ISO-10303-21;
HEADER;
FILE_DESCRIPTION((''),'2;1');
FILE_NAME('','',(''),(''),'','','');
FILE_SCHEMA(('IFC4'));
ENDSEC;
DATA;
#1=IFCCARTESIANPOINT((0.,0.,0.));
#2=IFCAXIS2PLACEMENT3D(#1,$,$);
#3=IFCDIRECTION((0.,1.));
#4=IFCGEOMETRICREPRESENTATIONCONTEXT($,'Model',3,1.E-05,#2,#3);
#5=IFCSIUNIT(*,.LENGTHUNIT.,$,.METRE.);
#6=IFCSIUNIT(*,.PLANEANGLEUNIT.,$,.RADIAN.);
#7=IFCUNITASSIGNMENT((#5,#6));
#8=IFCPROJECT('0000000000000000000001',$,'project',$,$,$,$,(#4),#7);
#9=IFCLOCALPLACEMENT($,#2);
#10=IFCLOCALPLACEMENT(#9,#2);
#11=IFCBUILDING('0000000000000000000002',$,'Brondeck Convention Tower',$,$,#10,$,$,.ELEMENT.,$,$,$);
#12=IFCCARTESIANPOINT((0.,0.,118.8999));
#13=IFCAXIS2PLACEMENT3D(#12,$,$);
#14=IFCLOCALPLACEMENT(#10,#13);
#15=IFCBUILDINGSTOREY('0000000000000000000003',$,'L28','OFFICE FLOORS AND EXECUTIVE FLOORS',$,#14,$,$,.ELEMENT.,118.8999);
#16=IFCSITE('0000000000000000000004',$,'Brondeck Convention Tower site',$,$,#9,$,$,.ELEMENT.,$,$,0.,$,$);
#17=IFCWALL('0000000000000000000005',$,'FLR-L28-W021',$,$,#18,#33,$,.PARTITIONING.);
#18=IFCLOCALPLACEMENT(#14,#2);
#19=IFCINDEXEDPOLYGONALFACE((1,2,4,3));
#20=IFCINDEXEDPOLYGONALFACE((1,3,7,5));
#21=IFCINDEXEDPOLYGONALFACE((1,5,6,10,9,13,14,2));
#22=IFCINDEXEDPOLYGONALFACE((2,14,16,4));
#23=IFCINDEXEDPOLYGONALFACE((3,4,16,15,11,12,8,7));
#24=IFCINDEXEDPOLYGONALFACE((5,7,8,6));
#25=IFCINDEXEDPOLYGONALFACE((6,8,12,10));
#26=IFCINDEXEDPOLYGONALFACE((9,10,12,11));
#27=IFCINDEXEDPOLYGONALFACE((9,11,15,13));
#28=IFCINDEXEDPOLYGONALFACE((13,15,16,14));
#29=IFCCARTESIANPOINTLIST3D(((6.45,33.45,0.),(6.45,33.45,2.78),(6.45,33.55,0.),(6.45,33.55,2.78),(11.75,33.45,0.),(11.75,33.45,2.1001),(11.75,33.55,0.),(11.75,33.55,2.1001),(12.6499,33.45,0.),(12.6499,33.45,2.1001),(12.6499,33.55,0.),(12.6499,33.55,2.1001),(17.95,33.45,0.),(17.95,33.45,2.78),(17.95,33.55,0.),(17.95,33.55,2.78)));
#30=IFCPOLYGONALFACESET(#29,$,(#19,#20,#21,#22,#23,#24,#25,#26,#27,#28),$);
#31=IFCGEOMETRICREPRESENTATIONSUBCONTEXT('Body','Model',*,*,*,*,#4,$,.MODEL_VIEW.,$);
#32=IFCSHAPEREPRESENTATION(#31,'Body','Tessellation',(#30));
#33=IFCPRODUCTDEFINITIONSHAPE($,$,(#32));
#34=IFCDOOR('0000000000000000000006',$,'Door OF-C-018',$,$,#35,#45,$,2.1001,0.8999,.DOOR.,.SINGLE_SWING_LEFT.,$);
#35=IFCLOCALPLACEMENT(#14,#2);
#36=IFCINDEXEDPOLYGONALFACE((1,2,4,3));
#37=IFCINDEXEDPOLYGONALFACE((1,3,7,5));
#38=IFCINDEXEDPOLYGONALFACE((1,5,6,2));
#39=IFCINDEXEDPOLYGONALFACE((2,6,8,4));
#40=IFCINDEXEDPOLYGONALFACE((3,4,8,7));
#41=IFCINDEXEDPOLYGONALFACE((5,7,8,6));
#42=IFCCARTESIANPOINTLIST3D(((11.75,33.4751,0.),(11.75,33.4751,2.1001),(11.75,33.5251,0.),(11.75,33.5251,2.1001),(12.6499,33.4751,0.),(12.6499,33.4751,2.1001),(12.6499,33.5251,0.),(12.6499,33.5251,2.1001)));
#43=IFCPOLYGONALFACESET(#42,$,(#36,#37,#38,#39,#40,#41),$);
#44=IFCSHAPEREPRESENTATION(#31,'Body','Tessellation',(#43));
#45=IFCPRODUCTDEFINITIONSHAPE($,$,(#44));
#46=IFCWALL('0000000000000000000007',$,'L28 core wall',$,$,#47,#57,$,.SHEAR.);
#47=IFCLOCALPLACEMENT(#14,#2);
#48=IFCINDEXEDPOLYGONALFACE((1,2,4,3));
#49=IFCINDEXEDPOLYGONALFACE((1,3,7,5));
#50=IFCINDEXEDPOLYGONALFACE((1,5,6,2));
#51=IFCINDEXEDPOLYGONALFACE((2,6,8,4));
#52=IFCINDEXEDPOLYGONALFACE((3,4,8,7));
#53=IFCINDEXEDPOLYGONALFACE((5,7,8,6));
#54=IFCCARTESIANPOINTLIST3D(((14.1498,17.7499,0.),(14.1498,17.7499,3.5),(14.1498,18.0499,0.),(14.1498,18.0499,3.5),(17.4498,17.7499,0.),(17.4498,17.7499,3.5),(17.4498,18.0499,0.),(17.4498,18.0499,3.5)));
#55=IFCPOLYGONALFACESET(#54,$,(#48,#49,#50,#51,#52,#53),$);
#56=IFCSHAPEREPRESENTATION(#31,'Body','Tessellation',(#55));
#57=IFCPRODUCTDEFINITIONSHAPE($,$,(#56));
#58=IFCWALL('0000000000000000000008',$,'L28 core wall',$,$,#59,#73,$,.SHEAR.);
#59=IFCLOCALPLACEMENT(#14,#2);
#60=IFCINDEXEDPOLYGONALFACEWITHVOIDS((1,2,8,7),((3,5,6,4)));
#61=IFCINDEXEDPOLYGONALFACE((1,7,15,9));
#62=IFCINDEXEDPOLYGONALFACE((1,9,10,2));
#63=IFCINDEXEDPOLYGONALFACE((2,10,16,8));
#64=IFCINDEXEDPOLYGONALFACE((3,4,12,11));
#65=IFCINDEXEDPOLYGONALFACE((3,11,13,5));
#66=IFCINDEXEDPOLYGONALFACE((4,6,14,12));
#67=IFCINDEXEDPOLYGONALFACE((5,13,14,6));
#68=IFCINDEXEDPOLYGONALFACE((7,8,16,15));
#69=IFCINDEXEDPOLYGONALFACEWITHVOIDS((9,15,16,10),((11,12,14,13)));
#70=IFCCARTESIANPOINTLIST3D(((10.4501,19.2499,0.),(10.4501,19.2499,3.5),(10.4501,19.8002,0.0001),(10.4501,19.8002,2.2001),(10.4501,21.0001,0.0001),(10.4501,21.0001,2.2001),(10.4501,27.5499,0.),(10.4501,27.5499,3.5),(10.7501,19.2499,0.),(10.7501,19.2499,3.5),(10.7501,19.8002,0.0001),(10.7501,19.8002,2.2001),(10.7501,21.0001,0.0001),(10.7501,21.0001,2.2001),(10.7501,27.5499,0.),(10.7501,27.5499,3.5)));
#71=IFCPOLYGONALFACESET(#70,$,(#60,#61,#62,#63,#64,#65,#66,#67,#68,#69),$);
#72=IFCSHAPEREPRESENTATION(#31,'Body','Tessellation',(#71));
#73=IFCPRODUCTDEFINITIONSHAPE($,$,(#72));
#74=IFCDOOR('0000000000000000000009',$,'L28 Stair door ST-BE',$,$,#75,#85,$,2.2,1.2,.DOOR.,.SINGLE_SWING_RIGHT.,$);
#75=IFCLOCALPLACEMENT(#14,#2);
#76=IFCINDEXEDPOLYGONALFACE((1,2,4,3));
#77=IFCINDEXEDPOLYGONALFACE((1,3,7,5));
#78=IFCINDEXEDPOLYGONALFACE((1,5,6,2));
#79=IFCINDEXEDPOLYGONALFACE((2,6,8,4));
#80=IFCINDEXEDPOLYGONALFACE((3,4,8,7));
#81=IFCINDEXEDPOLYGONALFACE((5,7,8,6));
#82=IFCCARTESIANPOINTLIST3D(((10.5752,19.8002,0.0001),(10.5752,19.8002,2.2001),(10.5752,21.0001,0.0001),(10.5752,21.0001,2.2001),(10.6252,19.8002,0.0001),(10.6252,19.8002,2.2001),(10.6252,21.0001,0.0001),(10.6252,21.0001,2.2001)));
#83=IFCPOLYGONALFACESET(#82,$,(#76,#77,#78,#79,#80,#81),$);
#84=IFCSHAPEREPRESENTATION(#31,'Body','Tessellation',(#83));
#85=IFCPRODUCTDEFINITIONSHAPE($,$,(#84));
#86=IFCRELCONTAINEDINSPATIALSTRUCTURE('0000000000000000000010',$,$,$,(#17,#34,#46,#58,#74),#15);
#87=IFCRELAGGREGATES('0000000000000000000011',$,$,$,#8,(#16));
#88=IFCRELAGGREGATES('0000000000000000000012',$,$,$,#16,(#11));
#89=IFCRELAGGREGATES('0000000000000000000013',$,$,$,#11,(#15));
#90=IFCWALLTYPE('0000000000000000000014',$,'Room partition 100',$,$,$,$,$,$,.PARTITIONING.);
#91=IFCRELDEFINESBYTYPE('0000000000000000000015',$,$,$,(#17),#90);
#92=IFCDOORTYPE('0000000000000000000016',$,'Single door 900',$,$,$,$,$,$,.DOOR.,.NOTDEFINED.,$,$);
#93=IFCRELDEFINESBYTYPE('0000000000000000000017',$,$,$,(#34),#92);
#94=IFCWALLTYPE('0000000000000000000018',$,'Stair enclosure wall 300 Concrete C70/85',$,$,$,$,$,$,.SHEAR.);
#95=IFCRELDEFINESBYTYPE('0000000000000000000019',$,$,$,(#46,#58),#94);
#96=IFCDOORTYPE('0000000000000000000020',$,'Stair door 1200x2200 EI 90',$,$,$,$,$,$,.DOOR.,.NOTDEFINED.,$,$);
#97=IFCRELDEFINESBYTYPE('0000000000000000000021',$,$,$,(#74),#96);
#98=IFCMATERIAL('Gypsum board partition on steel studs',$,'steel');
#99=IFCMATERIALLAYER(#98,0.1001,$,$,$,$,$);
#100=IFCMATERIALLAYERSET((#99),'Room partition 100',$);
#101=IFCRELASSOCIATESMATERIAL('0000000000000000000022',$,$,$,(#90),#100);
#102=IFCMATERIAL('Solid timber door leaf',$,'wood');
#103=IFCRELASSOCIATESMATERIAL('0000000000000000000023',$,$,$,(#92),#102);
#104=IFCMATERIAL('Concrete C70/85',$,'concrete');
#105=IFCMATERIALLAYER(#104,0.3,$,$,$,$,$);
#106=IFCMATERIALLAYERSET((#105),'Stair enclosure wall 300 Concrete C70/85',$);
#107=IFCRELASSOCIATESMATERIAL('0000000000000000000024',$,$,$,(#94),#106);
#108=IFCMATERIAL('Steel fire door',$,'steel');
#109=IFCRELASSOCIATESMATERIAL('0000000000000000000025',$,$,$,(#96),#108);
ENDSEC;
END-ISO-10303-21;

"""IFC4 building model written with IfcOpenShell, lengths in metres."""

from ifc_helpers import new_model, si_unit, direction, frame, frame_2d, origin, place, context, subcontext, project, spatial, rectangle, extrude, material, layer, layer_set, type_object, element, fill, save


model = new_model("IFC4")

# Units and contexts
model_context = context("Model", 3, precision=1e-05, world=origin(), true_north=direction((0.0, 1.0)))
body_context = subcontext(model_context, "Body", "Model", "MODEL_VIEW")
ifc_project = project(units=[si_unit("LENGTHUNIT", "METRE"), si_unit("PLANEANGLEUNIT", "RADIAN")], contexts=[model_context])

# Site, building, storey
site_placement = place(None, origin())
site = spatial("IfcSite", under=ifc_project, at=site_placement, Name="Brondeck Convention Tower site", CompositionType="ELEMENT", RefElevation=0.0)
building_placement = place(site_placement, origin())
building = spatial("IfcBuilding", under=site, at=building_placement, Name="Brondeck Convention Tower", CompositionType="ELEMENT")
storey_placement = place(building_placement, frame((0.0, 0.0, 118.8999)))
storey = spatial("IfcBuildingStorey", under=building, at=storey_placement, Name="L28", Description="OFFICE FLOORS AND EXECUTIVE FLOORS", CompositionType="ELEMENT", Elevation=118.8999)

# Shared definitions
ifc_material_1 = material(Name="Concrete C70/85", Category="concrete")

# Shared definitions
ifc_material_2 = material(Name="Gypsum board partition on steel studs", Category="steel")
ifc_layer_1 = layer(ifc_material_2, 0.1001)
ifc_layer_set_1 = layer_set([ifc_layer_1], Name="Room partition 100")
wall_type_1 = type_object("IfcWallType", Name="Room partition 100", PredefinedType="PARTITIONING", material=ifc_layer_set_1)

# Shared definitions
ifc_material_3 = material(Name="Solid timber door leaf", Category="wood")
door_type_1 = type_object("IfcDoorType", Name="Single door 900", OperationType="NOTDEFINED", PredefinedType="DOOR", material=ifc_material_3)

# Wall, opening, door
wall_1_placement = place(storey_placement, frame((17.95, 33.5, 0.0), z_axis=(0.0, 0.0, 1.0), x_axis=(-1.0, 0.0, 0.0)))
wall_1 = element("IfcWall", 1, at=wall_1_placement, inside=storey, type_object=wall_type_1, Name="FLR-L28-W021", PredefinedType="PARTITIONING", context=body_context, shape_type="SweptSolid", body=[
    extrude(rectangle(XDim=11.5, YDim=0.1001, at=frame_2d((5.75, 0.0))), origin(), (0.0, 0.0, 1.0), 2.78),
])
opening_1_placement = place(wall_1_placement, frame((5.3, 0.0, 0.0)))
opening_1 = element("IfcOpeningElement", 2, at=opening_1_placement, cuts=wall_1, PredefinedType="OPENING", context=body_context, shape_type="SweptSolid", body=[
    extrude(rectangle(XDim=0.8999, YDim=2.1001, at=frame_2d((0.45, 1.05))), frame((0.0, 0.0601, 0.0), z_axis=(0.0, -1.0, 0.0), x_axis=(1.0, 0.0, 0.0)), (0.0, 0.0, 1.0), 0.1201),
])
door_1_placement = place(opening_1_placement, origin())
door_1 = element("IfcDoor", 3, at=door_1_placement, inside=storey, type_object=door_type_1, Name="Door OF-C-018", OperationType="SINGLE_SWING_LEFT", OverallHeight=2.1001, OverallWidth=0.8999, PredefinedType="DOOR", context=body_context, shape_type="SweptSolid", body=[
    extrude(rectangle(XDim=0.8999, YDim=2.1001, at=frame_2d((0.45, 1.05))), frame((0.0, 0.0249, 0.0), z_axis=(0.0, -1.0, 0.0), x_axis=(1.0, 0.0, 0.0)), (0.0, 0.0, 1.0), 0.05),
])
fill(opening_1, door_1)

# Wall
ifc_layer_2 = layer(ifc_material_1, 0.3)
ifc_layer_set_2 = layer_set([ifc_layer_2], Name="Stair enclosure wall 300 Concrete C70/85")
wall_type_2 = type_object("IfcWallType", Name="Stair enclosure wall 300 Concrete C70/85", PredefinedType="SHEAR", material=ifc_layer_set_2)
wall_2_placement = place(storey_placement, frame((14.1499, 17.8999, 0.0), z_axis=(0.0, 0.0, 1.0), x_axis=(1.0, 0.0, 0.0)))
element("IfcWall", 4, at=wall_2_placement, inside=storey, type_object=wall_type_2, Name="L28 core wall", PredefinedType="SHEAR", context=body_context, shape_type="SweptSolid", body=[
    extrude(rectangle(XDim=3.3, YDim=0.3, at=frame_2d((1.6499, 0.0))), origin(), (0.0, 0.0, 1.0), 3.5),
])

# Wall, opening, door
wall_3_placement = place(storey_placement, frame((10.6001, 19.25, 0.0), z_axis=(0.0, 0.0, 1.0), x_axis=(0.0, 1.0, 0.0)))
wall_3 = element("IfcWall", 5, at=wall_3_placement, inside=storey, type_object=wall_type_2, Name="L28 core wall", PredefinedType="SHEAR", context=body_context, shape_type="SweptSolid", body=[
    extrude(rectangle(XDim=8.3, YDim=0.3, at=frame_2d((4.1499, 0.0))), origin(), (0.0, 0.0, 1.0), 3.5),
])
opening_2_placement = place(wall_3_placement, frame((0.55, 0.0, 0.0)))
opening_2 = element("IfcOpeningElement", 6, at=opening_2_placement, cuts=wall_3, PredefinedType="OPENING", context=body_context, shape_type="SweptSolid", body=[
    extrude(rectangle(XDim=1.2, YDim=2.2, at=frame_2d((0.6001, 1.1001))), frame((0.0, 0.1599, 0.0), z_axis=(0.0, -1.0, 0.0), x_axis=(1.0, 0.0, 0.0)), (0.0, 0.0, 1.0), 0.3201),
])
ifc_material_4 = material(Name="Steel fire door", Category="steel")
door_type_2 = type_object("IfcDoorType", Name="Stair door 1200x2200 EI 90", OperationType="NOTDEFINED", PredefinedType="DOOR", material=ifc_material_4)
door_2_placement = place(opening_2_placement, origin())
door_2 = element("IfcDoor", 7, at=door_2_placement, inside=storey, type_object=door_type_2, Name="L28 Stair door ST-BE", OperationType="SINGLE_SWING_RIGHT", OverallHeight=2.2, OverallWidth=1.2, PredefinedType="DOOR", context=body_context, shape_type="SweptSolid", body=[
    extrude(rectangle(XDim=1.2, YDim=2.2, at=frame_2d((0.6001, 1.1001))), frame((0.0, 0.0249, 0.0), z_axis=(0.0, -1.0, 0.0), x_axis=(1.0, 0.0, 0.0)), (0.0, 0.0, 1.0), 0.05),
])
fill(opening_2, door_2)

save(model, "model.ifc")
